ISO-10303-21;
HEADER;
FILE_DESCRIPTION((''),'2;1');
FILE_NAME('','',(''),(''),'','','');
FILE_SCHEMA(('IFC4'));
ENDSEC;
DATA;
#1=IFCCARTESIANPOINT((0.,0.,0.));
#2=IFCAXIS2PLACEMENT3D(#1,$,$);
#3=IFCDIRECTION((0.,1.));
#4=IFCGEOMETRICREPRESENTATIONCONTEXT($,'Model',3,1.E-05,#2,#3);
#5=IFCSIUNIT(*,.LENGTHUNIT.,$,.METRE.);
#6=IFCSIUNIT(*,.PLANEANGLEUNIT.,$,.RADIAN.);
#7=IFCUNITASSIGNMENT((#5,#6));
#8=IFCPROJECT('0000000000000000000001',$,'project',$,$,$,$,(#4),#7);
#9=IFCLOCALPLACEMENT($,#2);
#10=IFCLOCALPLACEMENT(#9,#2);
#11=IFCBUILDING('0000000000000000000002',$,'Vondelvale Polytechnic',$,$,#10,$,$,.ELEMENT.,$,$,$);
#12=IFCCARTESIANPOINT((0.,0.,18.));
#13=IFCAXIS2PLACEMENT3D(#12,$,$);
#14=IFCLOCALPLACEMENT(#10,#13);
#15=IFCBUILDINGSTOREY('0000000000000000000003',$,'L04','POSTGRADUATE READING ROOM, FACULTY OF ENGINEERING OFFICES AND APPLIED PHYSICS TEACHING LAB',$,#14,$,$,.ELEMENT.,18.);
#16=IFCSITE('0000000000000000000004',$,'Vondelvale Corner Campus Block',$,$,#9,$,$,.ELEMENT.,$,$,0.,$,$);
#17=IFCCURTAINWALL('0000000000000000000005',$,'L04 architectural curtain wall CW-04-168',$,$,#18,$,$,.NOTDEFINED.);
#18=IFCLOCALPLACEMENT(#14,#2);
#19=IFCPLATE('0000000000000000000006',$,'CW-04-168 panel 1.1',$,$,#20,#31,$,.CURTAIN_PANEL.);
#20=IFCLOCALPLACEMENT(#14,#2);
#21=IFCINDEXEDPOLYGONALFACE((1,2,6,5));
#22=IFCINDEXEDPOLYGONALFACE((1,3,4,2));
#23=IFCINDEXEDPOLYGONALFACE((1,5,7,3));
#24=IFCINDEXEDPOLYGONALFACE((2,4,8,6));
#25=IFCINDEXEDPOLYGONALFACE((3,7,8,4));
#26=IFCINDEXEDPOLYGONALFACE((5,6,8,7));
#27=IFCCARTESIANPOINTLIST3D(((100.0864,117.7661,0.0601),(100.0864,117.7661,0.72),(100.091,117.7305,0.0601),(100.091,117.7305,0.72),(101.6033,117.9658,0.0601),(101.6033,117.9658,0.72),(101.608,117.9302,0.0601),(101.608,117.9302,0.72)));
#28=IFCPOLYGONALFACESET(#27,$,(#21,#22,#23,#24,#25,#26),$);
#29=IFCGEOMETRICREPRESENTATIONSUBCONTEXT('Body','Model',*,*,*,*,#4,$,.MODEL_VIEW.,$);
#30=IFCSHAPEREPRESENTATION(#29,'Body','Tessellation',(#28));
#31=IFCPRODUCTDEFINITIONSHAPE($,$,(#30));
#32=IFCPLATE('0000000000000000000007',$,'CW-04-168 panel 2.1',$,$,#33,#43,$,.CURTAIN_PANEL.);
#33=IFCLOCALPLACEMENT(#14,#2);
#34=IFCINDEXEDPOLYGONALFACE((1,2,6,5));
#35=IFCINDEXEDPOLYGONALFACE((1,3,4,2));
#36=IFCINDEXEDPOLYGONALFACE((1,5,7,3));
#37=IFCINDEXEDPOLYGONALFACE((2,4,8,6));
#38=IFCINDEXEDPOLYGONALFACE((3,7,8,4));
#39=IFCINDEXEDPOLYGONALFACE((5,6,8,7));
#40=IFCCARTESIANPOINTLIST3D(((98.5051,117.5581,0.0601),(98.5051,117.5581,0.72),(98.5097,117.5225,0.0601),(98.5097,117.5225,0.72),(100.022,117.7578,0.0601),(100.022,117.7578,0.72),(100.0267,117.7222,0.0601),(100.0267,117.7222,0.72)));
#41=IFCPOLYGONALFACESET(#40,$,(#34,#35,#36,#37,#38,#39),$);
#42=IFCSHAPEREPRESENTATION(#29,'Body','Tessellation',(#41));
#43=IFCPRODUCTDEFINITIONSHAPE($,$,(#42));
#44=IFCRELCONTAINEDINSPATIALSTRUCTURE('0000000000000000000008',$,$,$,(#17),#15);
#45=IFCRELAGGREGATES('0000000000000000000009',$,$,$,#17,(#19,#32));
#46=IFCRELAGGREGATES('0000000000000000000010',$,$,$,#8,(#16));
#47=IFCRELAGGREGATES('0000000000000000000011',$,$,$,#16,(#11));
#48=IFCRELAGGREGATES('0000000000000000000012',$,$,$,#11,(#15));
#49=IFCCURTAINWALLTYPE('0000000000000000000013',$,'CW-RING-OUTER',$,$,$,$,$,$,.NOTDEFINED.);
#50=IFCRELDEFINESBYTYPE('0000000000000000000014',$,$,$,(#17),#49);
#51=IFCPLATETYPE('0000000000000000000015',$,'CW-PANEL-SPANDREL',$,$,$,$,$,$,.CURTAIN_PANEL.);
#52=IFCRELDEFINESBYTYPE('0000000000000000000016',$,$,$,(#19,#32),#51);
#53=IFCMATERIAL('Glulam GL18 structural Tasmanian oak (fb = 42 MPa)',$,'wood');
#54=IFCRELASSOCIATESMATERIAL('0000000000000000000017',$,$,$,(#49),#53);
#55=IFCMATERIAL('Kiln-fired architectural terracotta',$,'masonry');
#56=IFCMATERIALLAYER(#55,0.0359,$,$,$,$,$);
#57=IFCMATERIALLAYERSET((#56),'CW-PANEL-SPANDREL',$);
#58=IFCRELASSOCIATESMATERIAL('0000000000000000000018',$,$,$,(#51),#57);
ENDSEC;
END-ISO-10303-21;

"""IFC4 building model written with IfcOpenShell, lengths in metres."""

from ifc_helpers import new_model, si_unit, direction, frame, origin, origin_2d, place, context, subcontext, project, spatial, rectangle, extrude, material, layer, layer_set, type_object, element, aggregate, save


model = new_model("IFC4")

# Units and contexts
model_context = context("Model", 3, precision=1e-05, world=origin(), true_north=direction((0.0, 1.0)))
body_context = subcontext(model_context, "Body", "Model", "MODEL_VIEW")
ifc_project = project(units=[si_unit("LENGTHUNIT", "METRE"), si_unit("PLANEANGLEUNIT", "RADIAN")], contexts=[model_context])

# Site, building, storey
site_placement = place(None, origin())
site = spatial("IfcSite", under=ifc_project, at=site_placement, Name="Vondelvale Corner Campus Block", CompositionType="ELEMENT", RefElevation=0.0)
building_placement = place(site_placement, origin())
building = spatial("IfcBuilding", under=site, at=building_placement, Name="Vondelvale Polytechnic", CompositionType="ELEMENT")
storey_placement = place(building_placement, frame((0.0, 0.0, 18.0)))
storey = spatial("IfcBuildingStorey", under=building, at=storey_placement, Name="L04", Description="POSTGRADUATE READING ROOM, FACULTY OF ENGINEERING OFFICES AND APPLIED PHYSICS TEACHING LAB", CompositionType="ELEMENT", Elevation=18.0)

# Shared definitions
ifc_material_1 = material(Name="Glulam GL18 structural Tasmanian oak (fb = 42 MPa)", Category="wood")

# Curtain wall
curtain_wall_type = type_object("IfcCurtainWallType", Name="CW-RING-OUTER", PredefinedType="NOTDEFINED", material=ifc_material_1)
curtain_wall_1_placement = place(storey_placement, origin())
curtain_wall_1 = element("IfcCurtainWall", 1, at=curtain_wall_1_placement, inside=storey, type_object=curtain_wall_type, Name="L04 architectural curtain wall CW-04-168", PredefinedType="NOTDEFINED")

# Plates
ifc_material_2 = material(Name="Kiln-fired architectural terracotta", Category="masonry")
ifc_layer_1 = layer(ifc_material_2, 0.0359)
ifc_layer_set_1 = layer_set([ifc_layer_1], Name="CW-PANEL-SPANDREL")
plate_type_1 = type_object("IfcPlateType", Name="CW-PANEL-SPANDREL", PredefinedType="CURTAIN_PANEL", material=ifc_layer_set_1)
plate_1_placement = place(storey_placement, frame((100.8472, 117.8481, 0.0601), z_axis=(0.0, 0.0, 1.0), x_axis=(-0.991443, -0.13054, 0.0)))
plate_1 = element("IfcPlate", 2, at=plate_1_placement, type_object=plate_type_1, Name="CW-04-168 panel 1.1", PredefinedType="CURTAIN_PANEL", context=body_context, shape_type="SweptSolid", body=[
    extrude(rectangle(XDim=1.53, YDim=0.0359, at=origin_2d()), origin(), (0.0, 0.0, 1.0), 0.6599),
])
plate_2_placement = place(storey_placement, frame((99.2659, 117.6401, 0.0601), z_axis=(0.0, 0.0, 1.0), x_axis=(-0.991443, -0.13054, 0.0)))
plate_2 = element("IfcPlate", 3, at=plate_2_placement, type_object=plate_type_1, Name="CW-04-168 panel 2.1", PredefinedType="CURTAIN_PANEL", context=body_context, shape_type="SweptSolid", body=[
    extrude(rectangle(XDim=1.53, YDim=0.0359, at=origin_2d()), origin(), (0.0, 0.0, 1.0), 0.6599),
])
aggregate(curtain_wall_1, [plate_1, plate_2])

save(model, "model.ifc")
